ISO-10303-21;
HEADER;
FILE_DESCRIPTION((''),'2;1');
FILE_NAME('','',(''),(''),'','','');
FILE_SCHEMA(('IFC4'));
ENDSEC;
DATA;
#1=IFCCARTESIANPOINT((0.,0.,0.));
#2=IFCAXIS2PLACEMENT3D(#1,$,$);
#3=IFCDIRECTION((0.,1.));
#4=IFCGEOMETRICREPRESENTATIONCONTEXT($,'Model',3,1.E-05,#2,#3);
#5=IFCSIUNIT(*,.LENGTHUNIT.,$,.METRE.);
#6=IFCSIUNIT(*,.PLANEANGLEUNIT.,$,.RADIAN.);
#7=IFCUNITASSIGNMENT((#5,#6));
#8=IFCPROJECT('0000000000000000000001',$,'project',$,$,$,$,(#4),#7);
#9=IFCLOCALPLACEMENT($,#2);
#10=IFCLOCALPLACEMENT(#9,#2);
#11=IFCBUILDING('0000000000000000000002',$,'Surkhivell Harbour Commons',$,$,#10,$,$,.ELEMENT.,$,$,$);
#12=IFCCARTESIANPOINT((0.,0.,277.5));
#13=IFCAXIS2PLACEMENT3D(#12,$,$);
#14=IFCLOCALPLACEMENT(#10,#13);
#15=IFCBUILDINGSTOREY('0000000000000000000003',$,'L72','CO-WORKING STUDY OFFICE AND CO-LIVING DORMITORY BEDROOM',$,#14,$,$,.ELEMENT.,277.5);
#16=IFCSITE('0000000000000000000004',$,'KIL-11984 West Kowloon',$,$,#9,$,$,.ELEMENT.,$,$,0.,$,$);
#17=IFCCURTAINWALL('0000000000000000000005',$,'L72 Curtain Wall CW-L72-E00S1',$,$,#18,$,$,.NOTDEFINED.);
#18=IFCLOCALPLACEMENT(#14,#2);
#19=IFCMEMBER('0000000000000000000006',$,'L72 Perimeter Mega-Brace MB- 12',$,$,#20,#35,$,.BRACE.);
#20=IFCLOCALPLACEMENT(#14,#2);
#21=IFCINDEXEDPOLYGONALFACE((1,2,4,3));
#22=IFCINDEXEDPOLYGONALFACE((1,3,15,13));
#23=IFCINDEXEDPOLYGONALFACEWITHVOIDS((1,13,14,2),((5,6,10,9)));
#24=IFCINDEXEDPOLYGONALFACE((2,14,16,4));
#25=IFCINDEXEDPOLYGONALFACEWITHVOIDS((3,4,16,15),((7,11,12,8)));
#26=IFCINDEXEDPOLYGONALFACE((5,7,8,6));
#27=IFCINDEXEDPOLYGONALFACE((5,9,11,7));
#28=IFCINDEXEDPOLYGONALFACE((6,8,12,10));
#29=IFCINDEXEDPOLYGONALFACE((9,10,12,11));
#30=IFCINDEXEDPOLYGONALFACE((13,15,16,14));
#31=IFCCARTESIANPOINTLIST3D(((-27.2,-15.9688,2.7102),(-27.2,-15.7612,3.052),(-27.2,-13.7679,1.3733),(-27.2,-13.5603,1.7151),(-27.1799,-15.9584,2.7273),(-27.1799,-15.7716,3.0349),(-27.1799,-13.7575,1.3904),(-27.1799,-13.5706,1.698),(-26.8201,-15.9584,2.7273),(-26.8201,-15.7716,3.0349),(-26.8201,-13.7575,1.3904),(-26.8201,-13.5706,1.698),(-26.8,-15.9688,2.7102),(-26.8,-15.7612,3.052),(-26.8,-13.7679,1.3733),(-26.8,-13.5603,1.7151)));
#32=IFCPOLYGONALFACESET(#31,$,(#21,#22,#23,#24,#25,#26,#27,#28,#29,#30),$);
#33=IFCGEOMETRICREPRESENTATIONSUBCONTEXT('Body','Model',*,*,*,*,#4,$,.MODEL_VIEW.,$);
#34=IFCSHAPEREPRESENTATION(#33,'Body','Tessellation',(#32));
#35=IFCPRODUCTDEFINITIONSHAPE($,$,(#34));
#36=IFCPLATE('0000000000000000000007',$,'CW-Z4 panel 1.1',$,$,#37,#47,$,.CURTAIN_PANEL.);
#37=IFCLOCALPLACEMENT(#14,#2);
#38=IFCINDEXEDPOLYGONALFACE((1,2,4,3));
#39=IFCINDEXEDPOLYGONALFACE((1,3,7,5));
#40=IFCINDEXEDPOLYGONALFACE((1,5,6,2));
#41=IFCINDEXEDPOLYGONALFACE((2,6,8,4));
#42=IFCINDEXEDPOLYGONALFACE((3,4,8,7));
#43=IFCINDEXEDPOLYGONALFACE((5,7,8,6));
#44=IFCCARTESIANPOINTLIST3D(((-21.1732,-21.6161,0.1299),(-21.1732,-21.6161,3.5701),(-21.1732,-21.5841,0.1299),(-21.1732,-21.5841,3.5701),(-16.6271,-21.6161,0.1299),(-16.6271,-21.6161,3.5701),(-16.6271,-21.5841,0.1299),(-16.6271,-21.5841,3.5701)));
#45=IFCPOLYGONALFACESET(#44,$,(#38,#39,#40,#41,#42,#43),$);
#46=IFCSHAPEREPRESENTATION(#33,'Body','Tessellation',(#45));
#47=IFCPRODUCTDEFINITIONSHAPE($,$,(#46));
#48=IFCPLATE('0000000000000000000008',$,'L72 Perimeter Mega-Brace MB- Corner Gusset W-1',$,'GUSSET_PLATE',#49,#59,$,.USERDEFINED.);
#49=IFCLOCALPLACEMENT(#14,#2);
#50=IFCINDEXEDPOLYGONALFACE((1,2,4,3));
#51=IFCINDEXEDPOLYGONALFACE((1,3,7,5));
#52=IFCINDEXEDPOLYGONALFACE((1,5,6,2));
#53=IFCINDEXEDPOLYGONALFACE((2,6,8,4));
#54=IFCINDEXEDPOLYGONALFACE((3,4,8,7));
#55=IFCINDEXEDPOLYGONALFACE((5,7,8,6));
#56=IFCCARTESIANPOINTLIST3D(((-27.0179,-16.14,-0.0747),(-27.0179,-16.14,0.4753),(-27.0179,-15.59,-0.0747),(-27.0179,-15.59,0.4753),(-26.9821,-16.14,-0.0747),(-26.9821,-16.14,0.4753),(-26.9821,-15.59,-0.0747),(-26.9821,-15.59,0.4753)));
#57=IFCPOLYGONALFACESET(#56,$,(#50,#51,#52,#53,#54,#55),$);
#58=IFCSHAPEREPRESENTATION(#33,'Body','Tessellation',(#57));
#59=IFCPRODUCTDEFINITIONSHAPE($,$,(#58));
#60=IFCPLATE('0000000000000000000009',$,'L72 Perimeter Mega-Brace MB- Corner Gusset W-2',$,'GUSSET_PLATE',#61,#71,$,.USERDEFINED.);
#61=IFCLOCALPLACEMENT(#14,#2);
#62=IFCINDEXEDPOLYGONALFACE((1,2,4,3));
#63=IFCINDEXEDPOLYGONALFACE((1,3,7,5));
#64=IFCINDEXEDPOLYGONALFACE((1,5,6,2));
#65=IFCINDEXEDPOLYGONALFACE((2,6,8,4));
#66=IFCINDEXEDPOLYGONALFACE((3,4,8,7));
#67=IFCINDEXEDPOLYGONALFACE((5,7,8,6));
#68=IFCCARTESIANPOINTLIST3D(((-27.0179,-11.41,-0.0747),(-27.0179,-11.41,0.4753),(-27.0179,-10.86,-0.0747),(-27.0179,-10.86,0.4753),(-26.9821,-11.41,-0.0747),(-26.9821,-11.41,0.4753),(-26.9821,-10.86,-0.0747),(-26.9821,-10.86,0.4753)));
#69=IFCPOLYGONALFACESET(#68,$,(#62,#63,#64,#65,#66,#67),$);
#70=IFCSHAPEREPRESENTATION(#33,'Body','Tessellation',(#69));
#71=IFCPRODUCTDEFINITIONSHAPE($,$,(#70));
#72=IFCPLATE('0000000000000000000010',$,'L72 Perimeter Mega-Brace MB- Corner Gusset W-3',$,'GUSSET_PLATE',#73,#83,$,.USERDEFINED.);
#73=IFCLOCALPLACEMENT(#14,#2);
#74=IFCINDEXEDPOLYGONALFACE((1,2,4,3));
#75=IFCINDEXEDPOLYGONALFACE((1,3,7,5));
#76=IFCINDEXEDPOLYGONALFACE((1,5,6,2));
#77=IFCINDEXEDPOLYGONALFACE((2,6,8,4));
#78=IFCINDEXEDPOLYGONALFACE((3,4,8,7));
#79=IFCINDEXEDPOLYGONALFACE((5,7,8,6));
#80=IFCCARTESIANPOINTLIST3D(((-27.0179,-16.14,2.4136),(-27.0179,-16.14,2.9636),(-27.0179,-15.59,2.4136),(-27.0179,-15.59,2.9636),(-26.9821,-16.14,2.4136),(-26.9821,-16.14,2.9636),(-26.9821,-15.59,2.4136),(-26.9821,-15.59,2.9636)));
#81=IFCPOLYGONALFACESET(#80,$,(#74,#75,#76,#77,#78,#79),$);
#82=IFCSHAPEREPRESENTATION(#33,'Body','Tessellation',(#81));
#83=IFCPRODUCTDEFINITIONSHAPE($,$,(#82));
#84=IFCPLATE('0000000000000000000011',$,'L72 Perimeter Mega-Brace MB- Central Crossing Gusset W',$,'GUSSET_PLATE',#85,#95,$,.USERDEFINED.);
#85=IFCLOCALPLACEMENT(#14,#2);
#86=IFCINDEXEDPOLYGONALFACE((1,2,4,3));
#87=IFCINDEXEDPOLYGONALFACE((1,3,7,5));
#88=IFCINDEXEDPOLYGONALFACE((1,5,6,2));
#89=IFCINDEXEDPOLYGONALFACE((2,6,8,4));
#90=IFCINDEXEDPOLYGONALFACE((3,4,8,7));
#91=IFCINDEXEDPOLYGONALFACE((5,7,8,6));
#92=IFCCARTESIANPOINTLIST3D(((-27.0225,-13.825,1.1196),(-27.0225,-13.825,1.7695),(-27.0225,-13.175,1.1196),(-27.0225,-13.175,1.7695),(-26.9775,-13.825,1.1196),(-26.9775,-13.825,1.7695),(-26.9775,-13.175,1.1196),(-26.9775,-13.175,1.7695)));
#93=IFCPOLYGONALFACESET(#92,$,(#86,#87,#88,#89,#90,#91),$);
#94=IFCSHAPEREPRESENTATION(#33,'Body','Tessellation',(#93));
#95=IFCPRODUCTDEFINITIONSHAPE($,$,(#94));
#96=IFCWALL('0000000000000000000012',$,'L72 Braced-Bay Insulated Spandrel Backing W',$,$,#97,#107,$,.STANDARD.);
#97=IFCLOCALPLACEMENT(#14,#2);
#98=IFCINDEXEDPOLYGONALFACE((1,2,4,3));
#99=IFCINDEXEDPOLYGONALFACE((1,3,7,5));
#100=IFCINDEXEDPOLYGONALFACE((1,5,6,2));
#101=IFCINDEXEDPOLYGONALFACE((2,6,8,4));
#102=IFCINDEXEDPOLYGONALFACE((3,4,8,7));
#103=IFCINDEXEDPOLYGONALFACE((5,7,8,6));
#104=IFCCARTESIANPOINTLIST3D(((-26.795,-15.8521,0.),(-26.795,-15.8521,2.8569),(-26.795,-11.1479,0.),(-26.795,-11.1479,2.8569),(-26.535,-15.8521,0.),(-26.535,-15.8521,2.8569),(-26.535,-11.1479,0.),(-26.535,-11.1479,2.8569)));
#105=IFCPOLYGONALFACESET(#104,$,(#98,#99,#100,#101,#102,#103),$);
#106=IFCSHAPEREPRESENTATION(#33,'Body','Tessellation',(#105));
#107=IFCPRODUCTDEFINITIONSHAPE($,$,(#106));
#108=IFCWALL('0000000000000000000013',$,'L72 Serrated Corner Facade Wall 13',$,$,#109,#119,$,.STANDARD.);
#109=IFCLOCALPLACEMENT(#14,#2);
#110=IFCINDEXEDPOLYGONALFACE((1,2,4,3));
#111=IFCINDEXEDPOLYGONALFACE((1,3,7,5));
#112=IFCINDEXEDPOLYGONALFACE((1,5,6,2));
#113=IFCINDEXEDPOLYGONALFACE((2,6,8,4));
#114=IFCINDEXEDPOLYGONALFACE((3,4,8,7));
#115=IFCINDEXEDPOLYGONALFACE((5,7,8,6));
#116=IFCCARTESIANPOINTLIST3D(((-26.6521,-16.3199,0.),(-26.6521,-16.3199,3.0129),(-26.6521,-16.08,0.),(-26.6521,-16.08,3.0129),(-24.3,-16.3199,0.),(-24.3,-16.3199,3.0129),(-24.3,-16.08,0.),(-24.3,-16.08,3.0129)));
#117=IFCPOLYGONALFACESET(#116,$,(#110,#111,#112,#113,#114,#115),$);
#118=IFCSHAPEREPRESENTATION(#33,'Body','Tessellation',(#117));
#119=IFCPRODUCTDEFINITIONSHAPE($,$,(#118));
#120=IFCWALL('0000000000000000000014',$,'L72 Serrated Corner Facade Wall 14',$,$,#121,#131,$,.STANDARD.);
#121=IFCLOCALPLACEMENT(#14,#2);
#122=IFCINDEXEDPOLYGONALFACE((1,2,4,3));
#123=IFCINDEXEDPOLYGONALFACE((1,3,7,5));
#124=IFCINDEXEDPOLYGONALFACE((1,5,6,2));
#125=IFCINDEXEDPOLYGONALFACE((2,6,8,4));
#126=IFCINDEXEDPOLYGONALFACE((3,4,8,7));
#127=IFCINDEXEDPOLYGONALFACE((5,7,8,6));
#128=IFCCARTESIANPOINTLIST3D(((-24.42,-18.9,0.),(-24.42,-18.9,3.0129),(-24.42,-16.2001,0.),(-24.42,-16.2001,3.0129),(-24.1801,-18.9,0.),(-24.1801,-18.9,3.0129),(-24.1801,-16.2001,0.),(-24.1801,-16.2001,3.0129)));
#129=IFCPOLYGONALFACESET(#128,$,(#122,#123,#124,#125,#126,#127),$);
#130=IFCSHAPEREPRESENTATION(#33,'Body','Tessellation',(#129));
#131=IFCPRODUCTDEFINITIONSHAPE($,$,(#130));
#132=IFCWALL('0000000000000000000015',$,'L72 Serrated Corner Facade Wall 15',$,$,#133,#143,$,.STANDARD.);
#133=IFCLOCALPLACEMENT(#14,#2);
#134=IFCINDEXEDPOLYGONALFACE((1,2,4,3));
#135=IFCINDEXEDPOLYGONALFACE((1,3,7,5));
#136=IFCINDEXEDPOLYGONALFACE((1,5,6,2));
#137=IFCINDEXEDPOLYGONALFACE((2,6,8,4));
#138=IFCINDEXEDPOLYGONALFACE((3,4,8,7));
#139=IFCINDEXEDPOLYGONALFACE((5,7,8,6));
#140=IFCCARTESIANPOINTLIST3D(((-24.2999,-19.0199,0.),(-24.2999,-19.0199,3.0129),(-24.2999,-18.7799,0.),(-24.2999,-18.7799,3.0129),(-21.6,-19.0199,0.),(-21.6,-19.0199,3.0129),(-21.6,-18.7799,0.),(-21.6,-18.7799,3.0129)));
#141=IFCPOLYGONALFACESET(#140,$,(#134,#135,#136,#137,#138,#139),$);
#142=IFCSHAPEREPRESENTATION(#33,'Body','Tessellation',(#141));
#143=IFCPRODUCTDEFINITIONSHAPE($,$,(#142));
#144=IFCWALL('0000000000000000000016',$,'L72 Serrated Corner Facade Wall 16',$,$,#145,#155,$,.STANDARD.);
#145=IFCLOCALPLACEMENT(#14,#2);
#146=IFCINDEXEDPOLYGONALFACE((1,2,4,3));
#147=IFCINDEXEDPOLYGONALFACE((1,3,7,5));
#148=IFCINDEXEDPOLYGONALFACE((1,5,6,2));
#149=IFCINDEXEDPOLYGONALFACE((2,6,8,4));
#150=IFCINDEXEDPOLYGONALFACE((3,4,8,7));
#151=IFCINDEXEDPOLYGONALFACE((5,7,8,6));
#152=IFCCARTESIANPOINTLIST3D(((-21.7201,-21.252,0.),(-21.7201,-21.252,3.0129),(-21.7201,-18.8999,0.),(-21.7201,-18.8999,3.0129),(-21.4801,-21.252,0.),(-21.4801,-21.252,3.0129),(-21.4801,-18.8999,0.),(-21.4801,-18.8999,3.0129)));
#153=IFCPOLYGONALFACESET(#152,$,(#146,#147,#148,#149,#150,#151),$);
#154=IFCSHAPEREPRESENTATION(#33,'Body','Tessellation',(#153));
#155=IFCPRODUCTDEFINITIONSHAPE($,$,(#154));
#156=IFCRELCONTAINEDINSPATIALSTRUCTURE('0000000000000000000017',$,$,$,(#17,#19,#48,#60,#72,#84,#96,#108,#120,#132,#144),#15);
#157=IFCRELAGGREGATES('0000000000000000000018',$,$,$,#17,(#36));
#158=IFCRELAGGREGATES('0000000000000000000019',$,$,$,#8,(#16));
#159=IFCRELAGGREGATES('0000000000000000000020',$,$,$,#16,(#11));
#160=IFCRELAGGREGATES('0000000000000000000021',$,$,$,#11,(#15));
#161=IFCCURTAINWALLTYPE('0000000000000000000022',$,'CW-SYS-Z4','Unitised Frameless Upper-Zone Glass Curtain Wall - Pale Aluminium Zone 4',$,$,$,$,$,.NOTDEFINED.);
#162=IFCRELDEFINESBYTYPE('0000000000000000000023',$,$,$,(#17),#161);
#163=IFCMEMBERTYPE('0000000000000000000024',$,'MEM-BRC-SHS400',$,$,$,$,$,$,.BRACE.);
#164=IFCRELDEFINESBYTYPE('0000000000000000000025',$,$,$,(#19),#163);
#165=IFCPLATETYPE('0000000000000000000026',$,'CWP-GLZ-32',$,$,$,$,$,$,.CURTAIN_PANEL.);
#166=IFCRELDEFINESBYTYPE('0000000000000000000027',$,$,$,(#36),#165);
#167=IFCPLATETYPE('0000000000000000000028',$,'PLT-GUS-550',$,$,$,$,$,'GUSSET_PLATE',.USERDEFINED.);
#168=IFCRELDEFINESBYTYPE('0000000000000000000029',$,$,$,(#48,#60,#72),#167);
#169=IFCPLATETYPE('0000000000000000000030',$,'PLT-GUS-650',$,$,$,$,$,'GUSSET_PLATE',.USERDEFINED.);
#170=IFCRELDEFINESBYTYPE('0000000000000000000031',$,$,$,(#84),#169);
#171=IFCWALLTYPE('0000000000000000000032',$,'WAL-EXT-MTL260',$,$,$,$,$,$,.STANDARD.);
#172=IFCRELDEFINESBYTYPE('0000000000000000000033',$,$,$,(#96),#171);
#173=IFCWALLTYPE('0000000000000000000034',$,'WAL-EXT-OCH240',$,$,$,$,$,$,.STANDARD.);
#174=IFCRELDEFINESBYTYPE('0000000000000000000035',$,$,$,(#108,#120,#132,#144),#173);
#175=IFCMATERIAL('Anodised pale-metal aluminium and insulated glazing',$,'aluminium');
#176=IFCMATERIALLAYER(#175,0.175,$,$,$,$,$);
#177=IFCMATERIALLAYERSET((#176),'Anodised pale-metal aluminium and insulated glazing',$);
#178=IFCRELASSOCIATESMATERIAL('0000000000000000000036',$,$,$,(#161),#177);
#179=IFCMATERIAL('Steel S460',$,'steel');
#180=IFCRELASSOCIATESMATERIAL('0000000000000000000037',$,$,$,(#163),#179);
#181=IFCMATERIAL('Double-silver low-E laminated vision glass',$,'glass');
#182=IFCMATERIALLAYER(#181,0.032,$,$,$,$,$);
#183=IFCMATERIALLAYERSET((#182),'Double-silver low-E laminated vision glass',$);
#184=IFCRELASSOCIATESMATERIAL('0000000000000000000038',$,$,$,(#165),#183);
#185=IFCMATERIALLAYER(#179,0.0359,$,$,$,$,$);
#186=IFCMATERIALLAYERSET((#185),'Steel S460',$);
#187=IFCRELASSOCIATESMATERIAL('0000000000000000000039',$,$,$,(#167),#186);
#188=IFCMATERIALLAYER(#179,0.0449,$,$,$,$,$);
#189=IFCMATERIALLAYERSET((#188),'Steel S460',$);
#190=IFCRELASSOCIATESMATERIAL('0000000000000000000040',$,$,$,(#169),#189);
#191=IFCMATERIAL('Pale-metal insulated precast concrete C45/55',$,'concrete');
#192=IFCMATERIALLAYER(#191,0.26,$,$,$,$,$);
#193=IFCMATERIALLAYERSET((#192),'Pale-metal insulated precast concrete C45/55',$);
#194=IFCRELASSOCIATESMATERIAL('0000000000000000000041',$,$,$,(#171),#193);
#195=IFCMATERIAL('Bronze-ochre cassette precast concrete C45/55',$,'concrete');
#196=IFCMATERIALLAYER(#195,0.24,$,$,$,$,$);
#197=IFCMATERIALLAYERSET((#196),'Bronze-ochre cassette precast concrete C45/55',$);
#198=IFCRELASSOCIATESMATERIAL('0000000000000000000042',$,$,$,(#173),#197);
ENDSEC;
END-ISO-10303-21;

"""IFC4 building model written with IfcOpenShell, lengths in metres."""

from ifc_helpers import new_model, si_unit, direction, frame, frame_2d, origin, origin_2d, place, context, subcontext, project, spatial, rectangle, hollow_rectangle, extrude, material, layer, layer_set, material_profile, profile_set, type_object, element, aggregate, save


model = new_model("IFC4")

# Units and contexts
model_context = context("Model", 3, precision=1e-05, world=origin(), true_north=direction((0.0, 1.0)))
body_context = subcontext(model_context, "Body", "Model", "MODEL_VIEW")
ifc_project = project(units=[si_unit("LENGTHUNIT", "METRE"), si_unit("PLANEANGLEUNIT", "RADIAN")], contexts=[model_context])

# Site, building, storey
site_placement = place(None, origin())
site = spatial("IfcSite", under=ifc_project, at=site_placement, Name="KIL-11984 West Kowloon", CompositionType="ELEMENT", RefElevation=0.0)
building_placement = place(site_placement, origin())
building = spatial("IfcBuilding", under=site, at=building_placement, Name="Surkhivell Harbour Commons", CompositionType="ELEMENT")
storey_placement = place(building_placement, frame((0.0, 0.0, 277.5)))
storey = spatial("IfcBuildingStorey", under=building, at=storey_placement, Name="L72", Description="CO-WORKING STUDY OFFICE AND CO-LIVING DORMITORY BEDROOM", CompositionType="ELEMENT", Elevation=277.5)

# Curtain wall
ifc_material_1 = material(Name="Anodised pale-metal aluminium and insulated glazing", Category="aluminium")
ifc_layer_1 = layer(ifc_material_1, 0.175)
ifc_layer_set_1 = layer_set([ifc_layer_1], Name="Anodised pale-metal aluminium and insulated glazing")
curtain_wall_type = type_object("IfcCurtainWallType", Name="CW-SYS-Z4", Description="Unitised Frameless Upper-Zone Glass Curtain Wall - Pale Aluminium Zone 4", PredefinedType="NOTDEFINED", material=ifc_layer_set_1)
curtain_wall_placement = place(storey_placement, origin())
curtain_wall = element("IfcCurtainWall", 1, at=curtain_wall_placement, inside=storey, type_object=curtain_wall_type, Name="L72 Curtain Wall CW-L72-E00S1", PredefinedType="NOTDEFINED")

# Member
ifc_material_2 = material(Name="Steel S460", Category="steel")
ifc_material_profile_1 = material_profile(ifc_material_2, hollow_rectangle(XDim=0.3999, YDim=0.3999, WallThickness=0.02, at=origin_2d()), Name="SHS400x400x20")
ifc_profile_set_1 = profile_set([ifc_material_profile_1], Name="Steel S460")
member_type_1 = type_object("IfcMemberType", Name="MEM-BRC-SHS400", PredefinedType="BRACE", material=ifc_profile_set_1)
member_1_placement = place(storey_placement, frame((-27.0, -13.6641, 1.5442), z_axis=(0.0, -0.854678, 0.519159), x_axis=(1.0, 0.0, 0.0)))
element("IfcMember", 2, at=member_1_placement, inside=storey, type_object=member_type_1, Name="L72 Perimeter Mega-Brace MB- 12", PredefinedType="BRACE", context=body_context, shape_type="SweptSolid", body=[
    extrude(hollow_rectangle(XDim=0.3999, YDim=0.3999, WallThickness=0.02, at=origin_2d()), origin(), (0.0, 0.0, 1.0), 2.5752),
])

# Plate
ifc_material_3 = material(Name="Double-silver low-E laminated vision glass", Category="glass")
ifc_layer_2 = layer(ifc_material_3, 0.032)
ifc_layer_set_2 = layer_set([ifc_layer_2], Name="Double-silver low-E laminated vision glass")
plate_type_1 = type_object("IfcPlateType", Name="CWP-GLZ-32", PredefinedType="CURTAIN_PANEL", material=ifc_layer_set_2)
plate_1_placement = place(storey_placement, frame((-21.1731, -21.6001, 0.1299), z_axis=(0.0, 0.0, 1.0), x_axis=(1.0, 0.0, 0.0)))
plate_1 = element("IfcPlate", 3, at=plate_1_placement, type_object=plate_type_1, Name="CW-Z4 panel 1.1", PredefinedType="CURTAIN_PANEL", context=body_context, shape_type="SweptSolid", body=[
    extrude(rectangle(XDim=4.5461, YDim=0.032, at=frame_2d((2.2729, 0.0))), origin(), (0.0, 0.0, 1.0), 3.4402),
])
aggregate(curtain_wall, [plate_1])

# Plates
ifc_layer_3 = layer(ifc_material_2, 0.0359)
ifc_layer_set_3 = layer_set([ifc_layer_3], Name="Steel S460")
plate_type_2 = type_object("IfcPlateType", Name="PLT-GUS-550", ElementType="GUSSET_PLATE", PredefinedType="USERDEFINED", material=ifc_layer_set_3)
for number, where, z_axis, x_axis, name in (
    (4, (-27.0, -15.865, -0.0747), (0.0, 0.0, 1.0), (0.0, 1.0, 0.0), "L72 Perimeter Mega-Brace MB- Corner Gusset W-1"),
    (5, (-27.0, -11.135, -0.0747), (0.0, 0.0, 1.0), (0.0, 1.0, 0.0), "L72 Perimeter Mega-Brace MB- Corner Gusset W-2"),
    (6, (-27.0, -15.865, 2.4136), (0.0, 0.0, 1.0), (0.0, 1.0, 0.0), "L72 Perimeter Mega-Brace MB- Corner Gusset W-3"),
):
    element("IfcPlate", number, at=place(storey_placement, frame(where, z_axis=z_axis, x_axis=x_axis)), inside=storey, type_object=plate_type_2, Name=name, ObjectType="GUSSET_PLATE", PredefinedType="USERDEFINED", context=body_context, shape_type="SweptSolid", body=[
        extrude(rectangle(XDim=0.55, YDim=0.0359, at=origin_2d()), origin(), (0.0, 0.0, 1.0), 0.55),
    ])
ifc_layer_4 = layer(ifc_material_2, 0.0449)
ifc_layer_set_4 = layer_set([ifc_layer_4], Name="Steel S460")
plate_type_3 = type_object("IfcPlateType", Name="PLT-GUS-650", ElementType="GUSSET_PLATE", PredefinedType="USERDEFINED", material=ifc_layer_set_4)
plate_2_placement = place(storey_placement, frame((-27.0, -13.5, 1.1196), z_axis=(0.0, 0.0, 1.0), x_axis=(0.0, 1.0, 0.0)))
element("IfcPlate", 7, at=plate_2_placement, inside=storey, type_object=plate_type_3, Name="L72 Perimeter Mega-Brace MB- Central Crossing Gusset W", ObjectType="GUSSET_PLATE", PredefinedType="USERDEFINED", context=body_context, shape_type="SweptSolid", body=[
    extrude(rectangle(XDim=0.6499, YDim=0.0449, at=origin_2d()), origin(), (0.0, 0.0, 1.0), 0.6499),
])

# Walls
ifc_material_4 = material(Name="Pale-metal insulated precast concrete C45/55", Category="concrete")
ifc_layer_5 = layer(ifc_material_4, 0.26)
ifc_layer_set_5 = layer_set([ifc_layer_5], Name="Pale-metal insulated precast concrete C45/55")
wall_type_1 = type_object("IfcWallType", Name="WAL-EXT-MTL260", PredefinedType="STANDARD", material=ifc_layer_set_5)
wall_1_placement = place(storey_placement, frame((-26.665, -15.8521, 0.0), z_axis=(0.0, 0.0, 1.0), x_axis=(0.0, 1.0, 0.0)))
element("IfcWall", 8, at=wall_1_placement, inside=storey, type_object=wall_type_1, Name="L72 Braced-Bay Insulated Spandrel Backing W", PredefinedType="STANDARD", context=body_context, shape_type="SweptSolid", body=[
    extrude(rectangle(XDim=4.7041, YDim=0.26, at=frame_2d((2.3521, 0.0))), origin(), (0.0, 0.0, 1.0), 2.8569),
])
ifc_material_5 = material(Name="Bronze-ochre cassette precast concrete C45/55", Category="concrete")
ifc_layer_6 = layer(ifc_material_5, 0.24)
ifc_layer_set_6 = layer_set([ifc_layer_6], Name="Bronze-ochre cassette precast concrete C45/55")
wall_type_2 = type_object("IfcWallType", Name="WAL-EXT-OCH240", PredefinedType="STANDARD", material=ifc_layer_set_6)
wall_2_placement = place(storey_placement, frame((-26.6521, -16.2, 0.0), z_axis=(0.0, 0.0, 1.0), x_axis=(1.0, 0.0, 0.0)))
element("IfcWall", 9, at=wall_2_placement, inside=storey, type_object=wall_type_2, Name="L72 Serrated Corner Facade Wall 13", PredefinedType="STANDARD", context=body_context, shape_type="SweptSolid", body=[
    extrude(rectangle(XDim=2.3521, YDim=0.24, at=frame_2d((1.176, 0.0))), origin(), (0.0, 0.0, 1.0), 3.0129),
])
for number, where, z_axis, x_axis, name in (
    (10, (-24.3, -16.2, 0.0), (0.0, 0.0, 1.0), (0.0, -1.0, 0.0), "L72 Serrated Corner Facade Wall 14"),
    (11, (-24.3, -18.8999, 0.0), (0.0, 0.0, 1.0), (1.0, 0.0, 0.0), "L72 Serrated Corner Facade Wall 15"),
):
    element("IfcWall", number, at=place(storey_placement, frame(where, z_axis=z_axis, x_axis=x_axis)), inside=storey, type_object=wall_type_2, Name=name, PredefinedType="STANDARD", context=body_context, shape_type="SweptSolid", body=[
        extrude(rectangle(XDim=2.7, YDim=0.24, at=frame_2d((1.3501, 0.0))), origin(), (0.0, 0.0, 1.0), 3.0129),
    ])
wall_3_placement = place(storey_placement, frame((-21.6001, -18.8999, 0.0), z_axis=(0.0, 0.0, 1.0), x_axis=(0.0, -1.0, 0.0)))
element("IfcWall", 12, at=wall_3_placement, inside=storey, type_object=wall_type_2, Name="L72 Serrated Corner Facade Wall 16", PredefinedType="STANDARD", context=body_context, shape_type="SweptSolid", body=[
    extrude(rectangle(XDim=2.3521, YDim=0.24, at=frame_2d((1.176, 0.0))), origin(), (0.0, 0.0, 1.0), 3.0129),
])

save(model, "model.ifc")
